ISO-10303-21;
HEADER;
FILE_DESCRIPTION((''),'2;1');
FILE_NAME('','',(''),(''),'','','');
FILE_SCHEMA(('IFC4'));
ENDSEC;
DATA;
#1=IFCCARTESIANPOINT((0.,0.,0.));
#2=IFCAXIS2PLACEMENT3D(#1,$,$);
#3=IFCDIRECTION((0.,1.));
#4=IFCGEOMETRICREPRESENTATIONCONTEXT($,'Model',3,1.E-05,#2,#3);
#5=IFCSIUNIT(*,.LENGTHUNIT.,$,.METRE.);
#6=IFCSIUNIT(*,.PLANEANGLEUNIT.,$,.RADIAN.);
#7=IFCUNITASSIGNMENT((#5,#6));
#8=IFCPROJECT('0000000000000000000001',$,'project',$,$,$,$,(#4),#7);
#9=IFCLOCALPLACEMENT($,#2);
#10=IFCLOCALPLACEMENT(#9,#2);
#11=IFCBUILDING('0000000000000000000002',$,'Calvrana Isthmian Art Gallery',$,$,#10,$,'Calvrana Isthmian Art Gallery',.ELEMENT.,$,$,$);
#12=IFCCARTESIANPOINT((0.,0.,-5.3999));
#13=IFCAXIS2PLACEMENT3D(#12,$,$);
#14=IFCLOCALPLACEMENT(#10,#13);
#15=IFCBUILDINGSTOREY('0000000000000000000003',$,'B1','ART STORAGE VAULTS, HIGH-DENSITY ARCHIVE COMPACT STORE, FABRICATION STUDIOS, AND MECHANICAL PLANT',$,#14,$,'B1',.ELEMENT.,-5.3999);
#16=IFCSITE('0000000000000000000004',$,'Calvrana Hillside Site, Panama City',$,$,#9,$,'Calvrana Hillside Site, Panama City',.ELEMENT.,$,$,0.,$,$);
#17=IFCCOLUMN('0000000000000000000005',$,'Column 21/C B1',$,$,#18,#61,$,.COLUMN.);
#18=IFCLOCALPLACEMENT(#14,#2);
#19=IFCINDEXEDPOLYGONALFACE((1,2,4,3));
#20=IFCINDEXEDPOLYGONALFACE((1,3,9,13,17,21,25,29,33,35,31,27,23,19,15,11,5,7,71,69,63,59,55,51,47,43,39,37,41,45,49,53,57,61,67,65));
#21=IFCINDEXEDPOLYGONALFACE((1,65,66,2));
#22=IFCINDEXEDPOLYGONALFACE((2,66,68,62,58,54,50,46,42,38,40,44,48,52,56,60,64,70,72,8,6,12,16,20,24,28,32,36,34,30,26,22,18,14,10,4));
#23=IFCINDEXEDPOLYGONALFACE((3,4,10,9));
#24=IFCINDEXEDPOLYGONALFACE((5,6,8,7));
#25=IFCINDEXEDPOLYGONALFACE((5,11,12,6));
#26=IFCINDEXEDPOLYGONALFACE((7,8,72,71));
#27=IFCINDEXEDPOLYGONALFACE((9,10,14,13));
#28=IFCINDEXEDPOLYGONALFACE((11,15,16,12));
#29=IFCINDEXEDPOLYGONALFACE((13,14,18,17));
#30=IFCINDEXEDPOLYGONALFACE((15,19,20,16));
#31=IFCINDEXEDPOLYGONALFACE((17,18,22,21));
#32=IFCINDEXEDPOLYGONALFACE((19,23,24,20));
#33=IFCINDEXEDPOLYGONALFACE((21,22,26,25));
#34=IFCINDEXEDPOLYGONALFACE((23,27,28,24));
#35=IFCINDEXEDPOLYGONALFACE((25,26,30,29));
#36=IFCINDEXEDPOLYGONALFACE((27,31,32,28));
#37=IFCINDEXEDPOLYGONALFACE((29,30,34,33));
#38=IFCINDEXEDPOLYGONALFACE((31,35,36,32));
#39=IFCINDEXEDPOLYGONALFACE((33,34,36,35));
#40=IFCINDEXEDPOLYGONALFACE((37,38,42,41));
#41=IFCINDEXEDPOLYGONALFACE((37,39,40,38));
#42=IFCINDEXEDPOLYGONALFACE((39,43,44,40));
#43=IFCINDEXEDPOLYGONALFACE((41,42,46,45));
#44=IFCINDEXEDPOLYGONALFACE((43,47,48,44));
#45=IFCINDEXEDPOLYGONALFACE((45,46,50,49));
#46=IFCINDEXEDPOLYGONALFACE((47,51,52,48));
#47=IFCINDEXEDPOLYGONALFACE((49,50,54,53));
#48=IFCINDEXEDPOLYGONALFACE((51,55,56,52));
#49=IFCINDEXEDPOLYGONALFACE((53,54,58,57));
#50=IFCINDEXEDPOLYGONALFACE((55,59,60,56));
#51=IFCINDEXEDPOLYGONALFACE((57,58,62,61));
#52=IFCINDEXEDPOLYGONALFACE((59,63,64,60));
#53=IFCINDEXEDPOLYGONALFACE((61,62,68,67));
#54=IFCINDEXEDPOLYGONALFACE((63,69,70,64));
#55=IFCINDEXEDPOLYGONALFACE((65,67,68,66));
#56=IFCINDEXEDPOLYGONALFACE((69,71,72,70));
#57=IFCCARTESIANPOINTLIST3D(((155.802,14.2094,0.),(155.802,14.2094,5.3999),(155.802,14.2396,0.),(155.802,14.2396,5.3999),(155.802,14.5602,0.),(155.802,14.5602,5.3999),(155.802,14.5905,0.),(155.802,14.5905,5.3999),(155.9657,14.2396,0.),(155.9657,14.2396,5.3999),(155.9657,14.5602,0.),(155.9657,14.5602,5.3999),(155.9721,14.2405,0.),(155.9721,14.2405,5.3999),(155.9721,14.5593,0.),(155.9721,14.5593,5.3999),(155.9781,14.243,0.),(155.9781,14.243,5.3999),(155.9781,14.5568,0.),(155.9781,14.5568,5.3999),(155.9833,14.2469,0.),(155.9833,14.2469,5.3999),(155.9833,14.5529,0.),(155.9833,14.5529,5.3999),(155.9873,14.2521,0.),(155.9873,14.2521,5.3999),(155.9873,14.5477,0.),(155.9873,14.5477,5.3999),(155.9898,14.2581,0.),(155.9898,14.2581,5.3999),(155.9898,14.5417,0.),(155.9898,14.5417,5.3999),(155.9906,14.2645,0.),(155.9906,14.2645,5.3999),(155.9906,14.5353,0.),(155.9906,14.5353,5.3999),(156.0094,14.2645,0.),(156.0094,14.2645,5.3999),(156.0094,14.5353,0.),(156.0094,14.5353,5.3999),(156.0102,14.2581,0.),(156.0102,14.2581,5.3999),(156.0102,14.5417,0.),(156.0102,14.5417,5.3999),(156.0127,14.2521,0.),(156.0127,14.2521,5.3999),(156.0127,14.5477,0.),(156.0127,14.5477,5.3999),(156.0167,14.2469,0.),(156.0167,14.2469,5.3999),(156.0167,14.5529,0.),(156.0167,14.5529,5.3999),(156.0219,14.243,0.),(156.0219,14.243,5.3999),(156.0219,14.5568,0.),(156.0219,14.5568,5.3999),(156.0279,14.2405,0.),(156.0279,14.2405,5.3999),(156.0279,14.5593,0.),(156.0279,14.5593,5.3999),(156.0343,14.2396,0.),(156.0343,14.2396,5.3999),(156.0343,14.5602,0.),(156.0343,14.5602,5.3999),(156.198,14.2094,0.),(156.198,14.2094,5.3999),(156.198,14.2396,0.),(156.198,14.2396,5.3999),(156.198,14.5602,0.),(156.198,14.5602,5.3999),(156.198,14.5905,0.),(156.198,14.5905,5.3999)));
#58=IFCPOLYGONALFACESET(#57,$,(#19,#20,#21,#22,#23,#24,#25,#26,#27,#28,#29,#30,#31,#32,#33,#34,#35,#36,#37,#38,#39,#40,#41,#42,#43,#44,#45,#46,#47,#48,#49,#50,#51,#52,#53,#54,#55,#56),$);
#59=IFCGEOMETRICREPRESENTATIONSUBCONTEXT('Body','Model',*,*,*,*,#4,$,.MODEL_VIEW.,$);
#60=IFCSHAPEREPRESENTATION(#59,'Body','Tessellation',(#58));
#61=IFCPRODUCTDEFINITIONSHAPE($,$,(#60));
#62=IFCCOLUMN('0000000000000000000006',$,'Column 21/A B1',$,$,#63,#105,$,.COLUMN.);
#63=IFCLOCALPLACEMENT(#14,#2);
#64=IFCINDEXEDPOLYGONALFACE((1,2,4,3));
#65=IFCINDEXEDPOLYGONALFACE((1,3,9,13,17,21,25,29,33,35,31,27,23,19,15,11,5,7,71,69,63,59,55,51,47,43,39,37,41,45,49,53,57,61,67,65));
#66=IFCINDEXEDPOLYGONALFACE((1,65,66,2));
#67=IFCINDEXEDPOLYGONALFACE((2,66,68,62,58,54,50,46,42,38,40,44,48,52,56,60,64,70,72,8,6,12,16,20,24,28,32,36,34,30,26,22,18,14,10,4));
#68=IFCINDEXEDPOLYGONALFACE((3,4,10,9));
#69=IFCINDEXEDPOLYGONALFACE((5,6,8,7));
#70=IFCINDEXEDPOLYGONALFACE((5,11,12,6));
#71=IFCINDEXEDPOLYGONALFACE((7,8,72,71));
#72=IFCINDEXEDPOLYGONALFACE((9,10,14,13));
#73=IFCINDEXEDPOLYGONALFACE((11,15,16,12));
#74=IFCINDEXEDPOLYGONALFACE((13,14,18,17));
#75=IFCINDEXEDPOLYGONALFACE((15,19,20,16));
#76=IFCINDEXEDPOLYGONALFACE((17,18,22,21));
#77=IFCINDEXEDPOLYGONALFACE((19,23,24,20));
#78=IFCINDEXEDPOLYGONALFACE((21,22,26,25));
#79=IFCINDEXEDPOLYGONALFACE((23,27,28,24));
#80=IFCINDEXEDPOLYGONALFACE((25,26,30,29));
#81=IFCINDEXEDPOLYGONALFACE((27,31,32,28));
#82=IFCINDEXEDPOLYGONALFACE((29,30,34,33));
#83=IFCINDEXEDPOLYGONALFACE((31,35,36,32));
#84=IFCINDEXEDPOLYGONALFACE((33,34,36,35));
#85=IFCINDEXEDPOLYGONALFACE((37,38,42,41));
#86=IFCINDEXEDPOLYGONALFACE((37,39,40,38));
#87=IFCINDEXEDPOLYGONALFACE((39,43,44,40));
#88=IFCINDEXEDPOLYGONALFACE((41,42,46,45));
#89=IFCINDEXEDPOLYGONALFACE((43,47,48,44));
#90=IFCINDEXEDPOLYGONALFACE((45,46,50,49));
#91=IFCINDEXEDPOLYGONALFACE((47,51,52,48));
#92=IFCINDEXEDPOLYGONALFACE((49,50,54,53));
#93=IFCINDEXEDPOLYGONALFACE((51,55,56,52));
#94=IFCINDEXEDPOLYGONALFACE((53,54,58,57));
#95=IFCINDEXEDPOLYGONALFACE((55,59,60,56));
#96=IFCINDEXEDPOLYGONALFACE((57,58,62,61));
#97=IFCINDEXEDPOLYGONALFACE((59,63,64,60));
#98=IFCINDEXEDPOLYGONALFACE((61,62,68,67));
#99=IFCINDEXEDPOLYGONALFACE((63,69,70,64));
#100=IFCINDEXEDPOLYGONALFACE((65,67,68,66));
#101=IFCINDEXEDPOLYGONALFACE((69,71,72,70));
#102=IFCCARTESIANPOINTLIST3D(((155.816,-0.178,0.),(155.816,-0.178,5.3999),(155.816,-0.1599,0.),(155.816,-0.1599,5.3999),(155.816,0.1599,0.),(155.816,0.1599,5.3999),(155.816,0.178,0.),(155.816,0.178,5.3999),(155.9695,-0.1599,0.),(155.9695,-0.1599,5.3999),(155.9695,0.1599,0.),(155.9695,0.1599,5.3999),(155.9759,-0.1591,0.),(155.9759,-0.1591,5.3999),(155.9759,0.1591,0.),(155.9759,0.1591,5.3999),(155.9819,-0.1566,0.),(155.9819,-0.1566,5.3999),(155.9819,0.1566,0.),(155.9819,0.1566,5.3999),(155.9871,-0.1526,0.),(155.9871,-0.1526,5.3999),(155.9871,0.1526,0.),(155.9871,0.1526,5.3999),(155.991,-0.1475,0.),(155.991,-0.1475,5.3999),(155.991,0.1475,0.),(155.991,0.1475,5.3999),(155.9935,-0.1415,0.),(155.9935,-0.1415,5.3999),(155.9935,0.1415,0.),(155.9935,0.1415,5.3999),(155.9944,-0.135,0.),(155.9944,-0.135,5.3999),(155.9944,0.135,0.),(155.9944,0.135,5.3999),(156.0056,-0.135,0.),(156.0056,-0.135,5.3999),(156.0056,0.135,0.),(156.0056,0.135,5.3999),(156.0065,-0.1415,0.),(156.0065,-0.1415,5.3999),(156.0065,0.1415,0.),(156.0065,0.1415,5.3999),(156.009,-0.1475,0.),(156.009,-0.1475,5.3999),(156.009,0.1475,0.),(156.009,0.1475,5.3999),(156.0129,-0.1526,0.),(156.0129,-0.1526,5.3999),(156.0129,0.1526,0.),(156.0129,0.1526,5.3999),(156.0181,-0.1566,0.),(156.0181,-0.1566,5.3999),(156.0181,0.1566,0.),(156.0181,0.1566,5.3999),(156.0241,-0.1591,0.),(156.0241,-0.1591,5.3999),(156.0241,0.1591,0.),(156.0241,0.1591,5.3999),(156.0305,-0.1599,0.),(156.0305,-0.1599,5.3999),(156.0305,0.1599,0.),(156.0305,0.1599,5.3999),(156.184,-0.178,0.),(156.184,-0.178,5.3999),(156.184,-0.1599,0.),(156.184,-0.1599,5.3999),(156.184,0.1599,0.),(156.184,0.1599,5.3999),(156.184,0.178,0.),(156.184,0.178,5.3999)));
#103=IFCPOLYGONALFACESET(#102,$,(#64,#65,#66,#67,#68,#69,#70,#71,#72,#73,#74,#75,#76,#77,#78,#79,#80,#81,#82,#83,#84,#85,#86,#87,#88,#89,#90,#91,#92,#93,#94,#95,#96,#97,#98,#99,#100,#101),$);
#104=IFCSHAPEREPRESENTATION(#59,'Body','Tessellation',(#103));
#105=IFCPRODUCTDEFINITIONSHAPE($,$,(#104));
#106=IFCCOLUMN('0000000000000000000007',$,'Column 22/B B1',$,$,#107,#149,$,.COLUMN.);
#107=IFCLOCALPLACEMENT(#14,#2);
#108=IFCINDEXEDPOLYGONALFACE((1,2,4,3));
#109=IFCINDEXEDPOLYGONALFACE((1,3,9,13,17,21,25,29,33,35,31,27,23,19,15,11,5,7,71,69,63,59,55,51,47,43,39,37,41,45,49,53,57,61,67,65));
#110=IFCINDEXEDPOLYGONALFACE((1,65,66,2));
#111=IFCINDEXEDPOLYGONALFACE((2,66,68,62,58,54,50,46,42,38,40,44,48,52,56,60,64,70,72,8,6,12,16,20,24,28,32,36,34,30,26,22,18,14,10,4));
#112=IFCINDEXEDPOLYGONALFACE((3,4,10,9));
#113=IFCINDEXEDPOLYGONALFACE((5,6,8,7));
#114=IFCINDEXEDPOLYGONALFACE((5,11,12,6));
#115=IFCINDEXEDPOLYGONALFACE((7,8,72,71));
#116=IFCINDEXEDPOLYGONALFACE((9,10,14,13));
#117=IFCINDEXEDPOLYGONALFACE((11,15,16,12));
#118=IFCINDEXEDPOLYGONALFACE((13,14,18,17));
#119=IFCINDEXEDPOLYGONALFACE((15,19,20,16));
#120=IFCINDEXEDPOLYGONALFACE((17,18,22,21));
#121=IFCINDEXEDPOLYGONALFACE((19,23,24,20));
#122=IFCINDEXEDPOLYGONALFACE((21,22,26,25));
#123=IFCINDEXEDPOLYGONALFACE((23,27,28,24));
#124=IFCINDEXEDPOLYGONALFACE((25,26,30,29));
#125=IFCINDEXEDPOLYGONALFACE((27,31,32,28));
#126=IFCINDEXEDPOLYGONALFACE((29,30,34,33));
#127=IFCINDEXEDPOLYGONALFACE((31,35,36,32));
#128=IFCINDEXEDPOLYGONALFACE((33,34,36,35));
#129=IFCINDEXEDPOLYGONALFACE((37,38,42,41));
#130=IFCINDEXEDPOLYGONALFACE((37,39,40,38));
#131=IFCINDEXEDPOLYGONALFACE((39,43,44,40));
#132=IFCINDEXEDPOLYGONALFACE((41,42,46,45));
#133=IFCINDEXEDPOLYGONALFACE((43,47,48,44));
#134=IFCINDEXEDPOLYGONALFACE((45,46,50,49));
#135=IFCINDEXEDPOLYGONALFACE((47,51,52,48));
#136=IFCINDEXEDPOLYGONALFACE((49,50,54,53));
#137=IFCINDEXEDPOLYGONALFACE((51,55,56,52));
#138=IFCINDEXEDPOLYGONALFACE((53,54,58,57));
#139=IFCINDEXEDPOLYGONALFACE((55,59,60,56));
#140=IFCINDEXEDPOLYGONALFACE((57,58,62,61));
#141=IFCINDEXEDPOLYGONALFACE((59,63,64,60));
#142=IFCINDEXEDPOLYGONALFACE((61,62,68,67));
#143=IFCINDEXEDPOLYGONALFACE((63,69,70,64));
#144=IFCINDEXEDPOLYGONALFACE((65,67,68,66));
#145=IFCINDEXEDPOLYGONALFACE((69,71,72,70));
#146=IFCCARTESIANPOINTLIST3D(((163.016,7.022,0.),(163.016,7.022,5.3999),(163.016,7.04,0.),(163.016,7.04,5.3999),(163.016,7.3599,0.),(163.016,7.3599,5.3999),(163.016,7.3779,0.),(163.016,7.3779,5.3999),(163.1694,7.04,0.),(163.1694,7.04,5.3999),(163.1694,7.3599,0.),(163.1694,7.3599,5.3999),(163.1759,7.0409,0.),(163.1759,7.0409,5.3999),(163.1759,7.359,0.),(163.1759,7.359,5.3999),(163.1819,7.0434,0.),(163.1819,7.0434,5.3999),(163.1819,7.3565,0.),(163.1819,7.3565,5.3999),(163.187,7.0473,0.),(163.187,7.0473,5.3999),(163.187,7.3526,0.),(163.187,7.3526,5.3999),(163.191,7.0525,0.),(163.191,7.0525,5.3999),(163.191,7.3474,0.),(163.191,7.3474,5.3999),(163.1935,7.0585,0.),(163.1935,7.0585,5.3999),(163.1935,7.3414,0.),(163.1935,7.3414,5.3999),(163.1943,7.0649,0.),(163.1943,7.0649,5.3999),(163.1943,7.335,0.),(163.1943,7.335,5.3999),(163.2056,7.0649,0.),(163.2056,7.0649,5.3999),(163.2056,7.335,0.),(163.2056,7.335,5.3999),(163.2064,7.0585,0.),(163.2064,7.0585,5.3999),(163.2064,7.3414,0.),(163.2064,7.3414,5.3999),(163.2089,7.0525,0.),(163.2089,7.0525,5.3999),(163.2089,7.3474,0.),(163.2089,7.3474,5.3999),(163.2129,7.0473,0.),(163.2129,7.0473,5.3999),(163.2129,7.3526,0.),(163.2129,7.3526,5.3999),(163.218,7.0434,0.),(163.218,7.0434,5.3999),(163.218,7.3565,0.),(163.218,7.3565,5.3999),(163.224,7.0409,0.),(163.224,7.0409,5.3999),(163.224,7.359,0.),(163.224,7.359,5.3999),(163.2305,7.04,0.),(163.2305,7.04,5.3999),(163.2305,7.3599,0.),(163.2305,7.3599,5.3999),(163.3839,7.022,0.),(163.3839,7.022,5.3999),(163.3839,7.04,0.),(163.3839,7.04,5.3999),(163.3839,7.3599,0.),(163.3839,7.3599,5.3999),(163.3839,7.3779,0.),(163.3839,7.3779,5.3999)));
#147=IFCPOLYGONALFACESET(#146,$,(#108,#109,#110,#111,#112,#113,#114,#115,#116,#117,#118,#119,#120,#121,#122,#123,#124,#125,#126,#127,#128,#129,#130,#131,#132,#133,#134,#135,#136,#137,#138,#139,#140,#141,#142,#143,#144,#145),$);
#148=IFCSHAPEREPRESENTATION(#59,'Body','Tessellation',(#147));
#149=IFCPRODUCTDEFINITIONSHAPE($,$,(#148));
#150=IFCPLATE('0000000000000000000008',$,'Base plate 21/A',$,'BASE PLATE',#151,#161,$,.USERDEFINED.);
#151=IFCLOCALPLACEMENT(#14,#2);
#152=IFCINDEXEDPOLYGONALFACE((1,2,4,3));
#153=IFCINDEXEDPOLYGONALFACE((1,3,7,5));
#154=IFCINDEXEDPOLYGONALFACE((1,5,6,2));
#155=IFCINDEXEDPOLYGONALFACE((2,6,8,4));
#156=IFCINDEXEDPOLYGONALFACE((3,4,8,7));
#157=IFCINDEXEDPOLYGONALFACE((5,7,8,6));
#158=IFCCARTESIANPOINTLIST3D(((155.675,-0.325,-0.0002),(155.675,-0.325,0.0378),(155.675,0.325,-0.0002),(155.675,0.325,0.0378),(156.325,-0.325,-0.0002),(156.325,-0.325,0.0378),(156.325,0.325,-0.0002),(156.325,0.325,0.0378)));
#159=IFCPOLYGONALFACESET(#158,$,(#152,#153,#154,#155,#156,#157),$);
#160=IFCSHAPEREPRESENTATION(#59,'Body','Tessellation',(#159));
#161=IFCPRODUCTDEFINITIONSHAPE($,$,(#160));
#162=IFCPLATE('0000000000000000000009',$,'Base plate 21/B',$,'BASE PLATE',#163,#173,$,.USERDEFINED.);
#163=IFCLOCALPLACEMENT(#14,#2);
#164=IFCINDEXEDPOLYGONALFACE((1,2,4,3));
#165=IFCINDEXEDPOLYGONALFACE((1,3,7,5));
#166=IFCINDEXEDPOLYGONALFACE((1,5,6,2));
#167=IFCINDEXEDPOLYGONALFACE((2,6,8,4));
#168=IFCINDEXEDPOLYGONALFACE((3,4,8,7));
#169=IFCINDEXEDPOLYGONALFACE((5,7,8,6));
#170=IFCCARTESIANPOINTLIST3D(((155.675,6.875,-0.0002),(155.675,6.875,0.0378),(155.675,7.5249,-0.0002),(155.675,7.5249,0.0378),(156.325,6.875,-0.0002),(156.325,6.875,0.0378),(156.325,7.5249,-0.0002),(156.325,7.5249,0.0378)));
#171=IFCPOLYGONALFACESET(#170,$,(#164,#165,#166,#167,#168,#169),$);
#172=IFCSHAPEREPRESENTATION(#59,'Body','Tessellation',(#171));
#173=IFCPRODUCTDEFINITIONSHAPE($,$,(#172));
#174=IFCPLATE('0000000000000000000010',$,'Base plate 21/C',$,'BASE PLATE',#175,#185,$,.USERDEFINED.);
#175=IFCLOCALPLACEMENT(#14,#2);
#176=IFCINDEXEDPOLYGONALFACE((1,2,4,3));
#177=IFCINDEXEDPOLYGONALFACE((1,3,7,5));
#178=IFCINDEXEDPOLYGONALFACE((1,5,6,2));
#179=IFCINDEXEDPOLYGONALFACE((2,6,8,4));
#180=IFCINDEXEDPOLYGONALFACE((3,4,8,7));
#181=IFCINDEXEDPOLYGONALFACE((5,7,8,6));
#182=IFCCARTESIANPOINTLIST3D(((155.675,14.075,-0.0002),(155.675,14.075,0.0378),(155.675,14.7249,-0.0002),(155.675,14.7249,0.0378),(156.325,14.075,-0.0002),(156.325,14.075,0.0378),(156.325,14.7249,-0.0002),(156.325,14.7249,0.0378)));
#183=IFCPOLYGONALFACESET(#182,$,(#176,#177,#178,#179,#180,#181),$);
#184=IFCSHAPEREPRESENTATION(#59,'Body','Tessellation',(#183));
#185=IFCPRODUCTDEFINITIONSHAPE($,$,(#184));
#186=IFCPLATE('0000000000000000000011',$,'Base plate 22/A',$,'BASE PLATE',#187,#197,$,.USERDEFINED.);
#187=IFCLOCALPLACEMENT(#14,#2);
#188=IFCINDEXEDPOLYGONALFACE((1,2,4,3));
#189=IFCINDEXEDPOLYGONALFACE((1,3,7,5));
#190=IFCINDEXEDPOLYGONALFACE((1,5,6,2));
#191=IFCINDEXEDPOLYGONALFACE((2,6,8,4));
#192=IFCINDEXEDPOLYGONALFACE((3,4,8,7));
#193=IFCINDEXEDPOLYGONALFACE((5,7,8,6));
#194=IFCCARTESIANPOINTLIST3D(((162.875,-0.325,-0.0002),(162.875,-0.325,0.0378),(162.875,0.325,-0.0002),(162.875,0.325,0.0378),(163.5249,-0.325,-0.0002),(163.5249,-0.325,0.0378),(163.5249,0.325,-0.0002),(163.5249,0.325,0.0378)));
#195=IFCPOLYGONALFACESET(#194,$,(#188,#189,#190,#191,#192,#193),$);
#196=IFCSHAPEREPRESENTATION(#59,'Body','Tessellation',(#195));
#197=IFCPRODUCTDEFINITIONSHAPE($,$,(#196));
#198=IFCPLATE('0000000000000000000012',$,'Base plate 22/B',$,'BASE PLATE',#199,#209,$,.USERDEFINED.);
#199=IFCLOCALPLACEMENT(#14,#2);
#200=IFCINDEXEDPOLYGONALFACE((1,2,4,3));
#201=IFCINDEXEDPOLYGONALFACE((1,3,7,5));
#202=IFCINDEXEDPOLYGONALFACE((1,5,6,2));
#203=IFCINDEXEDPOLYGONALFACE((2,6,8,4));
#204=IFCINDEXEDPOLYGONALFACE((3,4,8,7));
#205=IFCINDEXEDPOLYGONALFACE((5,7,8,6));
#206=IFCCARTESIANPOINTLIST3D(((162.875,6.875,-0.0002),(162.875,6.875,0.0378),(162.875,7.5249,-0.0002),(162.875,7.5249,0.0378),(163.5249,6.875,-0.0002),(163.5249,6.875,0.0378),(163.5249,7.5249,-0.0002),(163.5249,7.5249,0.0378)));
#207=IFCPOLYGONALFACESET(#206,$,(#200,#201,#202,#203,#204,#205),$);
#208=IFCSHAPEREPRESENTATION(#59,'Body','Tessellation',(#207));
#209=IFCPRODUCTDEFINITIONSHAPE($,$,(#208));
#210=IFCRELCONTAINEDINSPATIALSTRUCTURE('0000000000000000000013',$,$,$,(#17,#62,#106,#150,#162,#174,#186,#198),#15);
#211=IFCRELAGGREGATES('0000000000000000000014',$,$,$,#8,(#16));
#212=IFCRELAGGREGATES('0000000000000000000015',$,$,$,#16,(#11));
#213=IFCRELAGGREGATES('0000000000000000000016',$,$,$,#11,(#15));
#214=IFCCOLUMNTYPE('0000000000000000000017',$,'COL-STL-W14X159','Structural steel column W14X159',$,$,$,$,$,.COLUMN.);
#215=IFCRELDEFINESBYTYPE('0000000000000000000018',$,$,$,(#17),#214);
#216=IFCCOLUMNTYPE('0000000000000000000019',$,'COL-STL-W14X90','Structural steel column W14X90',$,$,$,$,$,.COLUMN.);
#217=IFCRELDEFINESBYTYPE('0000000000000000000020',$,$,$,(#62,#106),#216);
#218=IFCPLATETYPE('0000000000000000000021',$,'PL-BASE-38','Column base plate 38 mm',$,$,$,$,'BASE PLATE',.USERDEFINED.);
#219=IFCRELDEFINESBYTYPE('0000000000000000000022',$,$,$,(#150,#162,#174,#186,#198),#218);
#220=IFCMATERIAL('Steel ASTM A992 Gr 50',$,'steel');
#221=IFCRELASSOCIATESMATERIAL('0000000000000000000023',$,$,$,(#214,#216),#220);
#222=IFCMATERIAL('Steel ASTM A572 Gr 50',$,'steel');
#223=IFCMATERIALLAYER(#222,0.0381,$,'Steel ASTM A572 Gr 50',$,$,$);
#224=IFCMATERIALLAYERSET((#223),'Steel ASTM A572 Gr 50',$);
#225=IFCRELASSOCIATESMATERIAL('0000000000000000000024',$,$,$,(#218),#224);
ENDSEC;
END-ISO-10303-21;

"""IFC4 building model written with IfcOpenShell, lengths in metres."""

from ifc_helpers import new_model, si_unit, direction, frame, origin, origin_2d, place, context, subcontext, project, spatial, rectangle, i_section, extrude, material, layer, layer_set, material_profile, profile_set, type_object, element, save


model = new_model("IFC4")

# Units and contexts
model_context = context("Model", 3, precision=1e-05, world=origin(), true_north=direction((0.0, 1.0)))
body_context = subcontext(model_context, "Body", "Model", "MODEL_VIEW")
ifc_project = project(units=[si_unit("LENGTHUNIT", "METRE"), si_unit("PLANEANGLEUNIT", "RADIAN")], contexts=[model_context])

# Site, building, storey
site_placement = place(None, origin())
site = spatial("IfcSite", under=ifc_project, at=site_placement, Name="Calvrana Hillside Site, Panama City", LongName="Calvrana Hillside Site, Panama City", CompositionType="ELEMENT", RefElevation=0.0)
building_placement = place(site_placement, origin())
building = spatial("IfcBuilding", under=site, at=building_placement, Name="Calvrana Isthmian Art Gallery", LongName="Calvrana Isthmian Art Gallery", CompositionType="ELEMENT")
storey_placement = place(building_placement, frame((0.0, 0.0, -5.3999)))
storey = spatial("IfcBuildingStorey", under=building, at=storey_placement, Name="B1", Description="ART STORAGE VAULTS, HIGH-DENSITY ARCHIVE COMPACT STORE, FABRICATION STUDIOS, AND MECHANICAL PLANT", LongName="B1", CompositionType="ELEMENT", Elevation=-5.3999)

# Columns
ifc_material_1 = material(Name="Steel ASTM A992 Gr 50", Category="steel")
ifc_material_profile_1 = material_profile(ifc_material_1, i_section(OverallWidth=0.396, OverallDepth=0.3811, WebThickness=0.0188, FlangeThickness=0.0303, FilletRadius=0.0249, at=origin_2d()), Name="W14X159")
ifc_profile_set_1 = profile_set([ifc_material_profile_1], Name="Steel ASTM A992 Gr 50")
column_type_1 = type_object("IfcColumnType", Name="COL-STL-W14X159", Description="Structural steel column W14X159", PredefinedType="COLUMN", material=ifc_profile_set_1)
column_1_placement = place(storey_placement, frame((156.0, 14.3999, 0.0), z_axis=(0.0, 0.0, 1.0), x_axis=(1.0, 0.0, 0.0)))
element("IfcColumn", 1, at=column_1_placement, inside=storey, type_object=column_type_1, Name="Column 21/C B1", PredefinedType="COLUMN", context=body_context, shape_type="SweptSolid", body=[
    extrude(i_section(OverallWidth=0.396, OverallDepth=0.3811, WebThickness=0.0188, FlangeThickness=0.0303, FilletRadius=0.0249, at=origin_2d()), origin(), (0.0, 0.0, 1.0), 5.3999),
])
ifc_material_profile_2 = material_profile(ifc_material_1, i_section(OverallWidth=0.3679, OverallDepth=0.356, WebThickness=0.0112, FlangeThickness=0.0181, FilletRadius=0.0249, at=origin_2d()), Name="W14X90")
ifc_profile_set_2 = profile_set([ifc_material_profile_2], Name="Steel ASTM A992 Gr 50")
column_type_2 = type_object("IfcColumnType", Name="COL-STL-W14X90", Description="Structural steel column W14X90", PredefinedType="COLUMN", material=ifc_profile_set_2)
for number, where, z_axis, x_axis, name in (
    (2, (156.0, 0.0, 0.0), (0.0, 0.0, 1.0), (1.0, 0.0, 0.0), "Column 21/A B1"),
    (3, (163.2, 7.2, 0.0), (0.0, 0.0, 1.0), (1.0, 0.0, 0.0), "Column 22/B B1"),
):
    element("IfcColumn", number, at=place(storey_placement, frame(where, z_axis=z_axis, x_axis=x_axis)), inside=storey, type_object=column_type_2, Name=name, PredefinedType="COLUMN", context=body_context, shape_type="SweptSolid", body=[
        extrude(i_section(OverallWidth=0.3679, OverallDepth=0.356, WebThickness=0.0112, FlangeThickness=0.0181, FilletRadius=0.0249, at=origin_2d()), origin(), (0.0, 0.0, 1.0), 5.3999),
    ])

# Plates
ifc_material_2 = material(Name="Steel ASTM A572 Gr 50", Category="steel")
ifc_layer_1 = layer(ifc_material_2, 0.0381, Name="Steel ASTM A572 Gr 50")
ifc_layer_set_1 = layer_set([ifc_layer_1], Name="Steel ASTM A572 Gr 50")
plate_type = type_object("IfcPlateType", Name="PL-BASE-38", Description="Column base plate 38 mm", ElementType="BASE PLATE", PredefinedType="USERDEFINED", material=ifc_layer_set_1)
for number, where, z_axis, x_axis, name in (
    (4, (156.0, 0.0, -0.0002), (0.0, 0.0, 1.0), (1.0, 0.0, 0.0), "Base plate 21/A"),
    (5, (156.0, 7.2, -0.0002), (0.0, 0.0, 1.0), (1.0, 0.0, 0.0), "Base plate 21/B"),
    (6, (156.0, 14.3999, -0.0002), (0.0, 0.0, 1.0), (1.0, 0.0, 0.0), "Base plate 21/C"),
    (7, (163.2, 0.0, -0.0002), (0.0, 0.0, 1.0), (1.0, 0.0, 0.0), "Base plate 22/A"),
    (8, (163.2, 7.2, -0.0002), (0.0, 0.0, 1.0), (1.0, 0.0, 0.0), "Base plate 22/B"),
):
    element("IfcPlate", number, at=place(storey_placement, frame(where, z_axis=z_axis, x_axis=x_axis)), inside=storey, type_object=plate_type, Name=name, ObjectType="BASE PLATE", PredefinedType="USERDEFINED", context=body_context, shape_type="SweptSolid", body=[
        extrude(rectangle(XDim=0.6499, YDim=0.6499, at=origin_2d()), origin(), (0.0, 0.0, 1.0), 0.0381),
    ])

save(model, "model.ifc")
